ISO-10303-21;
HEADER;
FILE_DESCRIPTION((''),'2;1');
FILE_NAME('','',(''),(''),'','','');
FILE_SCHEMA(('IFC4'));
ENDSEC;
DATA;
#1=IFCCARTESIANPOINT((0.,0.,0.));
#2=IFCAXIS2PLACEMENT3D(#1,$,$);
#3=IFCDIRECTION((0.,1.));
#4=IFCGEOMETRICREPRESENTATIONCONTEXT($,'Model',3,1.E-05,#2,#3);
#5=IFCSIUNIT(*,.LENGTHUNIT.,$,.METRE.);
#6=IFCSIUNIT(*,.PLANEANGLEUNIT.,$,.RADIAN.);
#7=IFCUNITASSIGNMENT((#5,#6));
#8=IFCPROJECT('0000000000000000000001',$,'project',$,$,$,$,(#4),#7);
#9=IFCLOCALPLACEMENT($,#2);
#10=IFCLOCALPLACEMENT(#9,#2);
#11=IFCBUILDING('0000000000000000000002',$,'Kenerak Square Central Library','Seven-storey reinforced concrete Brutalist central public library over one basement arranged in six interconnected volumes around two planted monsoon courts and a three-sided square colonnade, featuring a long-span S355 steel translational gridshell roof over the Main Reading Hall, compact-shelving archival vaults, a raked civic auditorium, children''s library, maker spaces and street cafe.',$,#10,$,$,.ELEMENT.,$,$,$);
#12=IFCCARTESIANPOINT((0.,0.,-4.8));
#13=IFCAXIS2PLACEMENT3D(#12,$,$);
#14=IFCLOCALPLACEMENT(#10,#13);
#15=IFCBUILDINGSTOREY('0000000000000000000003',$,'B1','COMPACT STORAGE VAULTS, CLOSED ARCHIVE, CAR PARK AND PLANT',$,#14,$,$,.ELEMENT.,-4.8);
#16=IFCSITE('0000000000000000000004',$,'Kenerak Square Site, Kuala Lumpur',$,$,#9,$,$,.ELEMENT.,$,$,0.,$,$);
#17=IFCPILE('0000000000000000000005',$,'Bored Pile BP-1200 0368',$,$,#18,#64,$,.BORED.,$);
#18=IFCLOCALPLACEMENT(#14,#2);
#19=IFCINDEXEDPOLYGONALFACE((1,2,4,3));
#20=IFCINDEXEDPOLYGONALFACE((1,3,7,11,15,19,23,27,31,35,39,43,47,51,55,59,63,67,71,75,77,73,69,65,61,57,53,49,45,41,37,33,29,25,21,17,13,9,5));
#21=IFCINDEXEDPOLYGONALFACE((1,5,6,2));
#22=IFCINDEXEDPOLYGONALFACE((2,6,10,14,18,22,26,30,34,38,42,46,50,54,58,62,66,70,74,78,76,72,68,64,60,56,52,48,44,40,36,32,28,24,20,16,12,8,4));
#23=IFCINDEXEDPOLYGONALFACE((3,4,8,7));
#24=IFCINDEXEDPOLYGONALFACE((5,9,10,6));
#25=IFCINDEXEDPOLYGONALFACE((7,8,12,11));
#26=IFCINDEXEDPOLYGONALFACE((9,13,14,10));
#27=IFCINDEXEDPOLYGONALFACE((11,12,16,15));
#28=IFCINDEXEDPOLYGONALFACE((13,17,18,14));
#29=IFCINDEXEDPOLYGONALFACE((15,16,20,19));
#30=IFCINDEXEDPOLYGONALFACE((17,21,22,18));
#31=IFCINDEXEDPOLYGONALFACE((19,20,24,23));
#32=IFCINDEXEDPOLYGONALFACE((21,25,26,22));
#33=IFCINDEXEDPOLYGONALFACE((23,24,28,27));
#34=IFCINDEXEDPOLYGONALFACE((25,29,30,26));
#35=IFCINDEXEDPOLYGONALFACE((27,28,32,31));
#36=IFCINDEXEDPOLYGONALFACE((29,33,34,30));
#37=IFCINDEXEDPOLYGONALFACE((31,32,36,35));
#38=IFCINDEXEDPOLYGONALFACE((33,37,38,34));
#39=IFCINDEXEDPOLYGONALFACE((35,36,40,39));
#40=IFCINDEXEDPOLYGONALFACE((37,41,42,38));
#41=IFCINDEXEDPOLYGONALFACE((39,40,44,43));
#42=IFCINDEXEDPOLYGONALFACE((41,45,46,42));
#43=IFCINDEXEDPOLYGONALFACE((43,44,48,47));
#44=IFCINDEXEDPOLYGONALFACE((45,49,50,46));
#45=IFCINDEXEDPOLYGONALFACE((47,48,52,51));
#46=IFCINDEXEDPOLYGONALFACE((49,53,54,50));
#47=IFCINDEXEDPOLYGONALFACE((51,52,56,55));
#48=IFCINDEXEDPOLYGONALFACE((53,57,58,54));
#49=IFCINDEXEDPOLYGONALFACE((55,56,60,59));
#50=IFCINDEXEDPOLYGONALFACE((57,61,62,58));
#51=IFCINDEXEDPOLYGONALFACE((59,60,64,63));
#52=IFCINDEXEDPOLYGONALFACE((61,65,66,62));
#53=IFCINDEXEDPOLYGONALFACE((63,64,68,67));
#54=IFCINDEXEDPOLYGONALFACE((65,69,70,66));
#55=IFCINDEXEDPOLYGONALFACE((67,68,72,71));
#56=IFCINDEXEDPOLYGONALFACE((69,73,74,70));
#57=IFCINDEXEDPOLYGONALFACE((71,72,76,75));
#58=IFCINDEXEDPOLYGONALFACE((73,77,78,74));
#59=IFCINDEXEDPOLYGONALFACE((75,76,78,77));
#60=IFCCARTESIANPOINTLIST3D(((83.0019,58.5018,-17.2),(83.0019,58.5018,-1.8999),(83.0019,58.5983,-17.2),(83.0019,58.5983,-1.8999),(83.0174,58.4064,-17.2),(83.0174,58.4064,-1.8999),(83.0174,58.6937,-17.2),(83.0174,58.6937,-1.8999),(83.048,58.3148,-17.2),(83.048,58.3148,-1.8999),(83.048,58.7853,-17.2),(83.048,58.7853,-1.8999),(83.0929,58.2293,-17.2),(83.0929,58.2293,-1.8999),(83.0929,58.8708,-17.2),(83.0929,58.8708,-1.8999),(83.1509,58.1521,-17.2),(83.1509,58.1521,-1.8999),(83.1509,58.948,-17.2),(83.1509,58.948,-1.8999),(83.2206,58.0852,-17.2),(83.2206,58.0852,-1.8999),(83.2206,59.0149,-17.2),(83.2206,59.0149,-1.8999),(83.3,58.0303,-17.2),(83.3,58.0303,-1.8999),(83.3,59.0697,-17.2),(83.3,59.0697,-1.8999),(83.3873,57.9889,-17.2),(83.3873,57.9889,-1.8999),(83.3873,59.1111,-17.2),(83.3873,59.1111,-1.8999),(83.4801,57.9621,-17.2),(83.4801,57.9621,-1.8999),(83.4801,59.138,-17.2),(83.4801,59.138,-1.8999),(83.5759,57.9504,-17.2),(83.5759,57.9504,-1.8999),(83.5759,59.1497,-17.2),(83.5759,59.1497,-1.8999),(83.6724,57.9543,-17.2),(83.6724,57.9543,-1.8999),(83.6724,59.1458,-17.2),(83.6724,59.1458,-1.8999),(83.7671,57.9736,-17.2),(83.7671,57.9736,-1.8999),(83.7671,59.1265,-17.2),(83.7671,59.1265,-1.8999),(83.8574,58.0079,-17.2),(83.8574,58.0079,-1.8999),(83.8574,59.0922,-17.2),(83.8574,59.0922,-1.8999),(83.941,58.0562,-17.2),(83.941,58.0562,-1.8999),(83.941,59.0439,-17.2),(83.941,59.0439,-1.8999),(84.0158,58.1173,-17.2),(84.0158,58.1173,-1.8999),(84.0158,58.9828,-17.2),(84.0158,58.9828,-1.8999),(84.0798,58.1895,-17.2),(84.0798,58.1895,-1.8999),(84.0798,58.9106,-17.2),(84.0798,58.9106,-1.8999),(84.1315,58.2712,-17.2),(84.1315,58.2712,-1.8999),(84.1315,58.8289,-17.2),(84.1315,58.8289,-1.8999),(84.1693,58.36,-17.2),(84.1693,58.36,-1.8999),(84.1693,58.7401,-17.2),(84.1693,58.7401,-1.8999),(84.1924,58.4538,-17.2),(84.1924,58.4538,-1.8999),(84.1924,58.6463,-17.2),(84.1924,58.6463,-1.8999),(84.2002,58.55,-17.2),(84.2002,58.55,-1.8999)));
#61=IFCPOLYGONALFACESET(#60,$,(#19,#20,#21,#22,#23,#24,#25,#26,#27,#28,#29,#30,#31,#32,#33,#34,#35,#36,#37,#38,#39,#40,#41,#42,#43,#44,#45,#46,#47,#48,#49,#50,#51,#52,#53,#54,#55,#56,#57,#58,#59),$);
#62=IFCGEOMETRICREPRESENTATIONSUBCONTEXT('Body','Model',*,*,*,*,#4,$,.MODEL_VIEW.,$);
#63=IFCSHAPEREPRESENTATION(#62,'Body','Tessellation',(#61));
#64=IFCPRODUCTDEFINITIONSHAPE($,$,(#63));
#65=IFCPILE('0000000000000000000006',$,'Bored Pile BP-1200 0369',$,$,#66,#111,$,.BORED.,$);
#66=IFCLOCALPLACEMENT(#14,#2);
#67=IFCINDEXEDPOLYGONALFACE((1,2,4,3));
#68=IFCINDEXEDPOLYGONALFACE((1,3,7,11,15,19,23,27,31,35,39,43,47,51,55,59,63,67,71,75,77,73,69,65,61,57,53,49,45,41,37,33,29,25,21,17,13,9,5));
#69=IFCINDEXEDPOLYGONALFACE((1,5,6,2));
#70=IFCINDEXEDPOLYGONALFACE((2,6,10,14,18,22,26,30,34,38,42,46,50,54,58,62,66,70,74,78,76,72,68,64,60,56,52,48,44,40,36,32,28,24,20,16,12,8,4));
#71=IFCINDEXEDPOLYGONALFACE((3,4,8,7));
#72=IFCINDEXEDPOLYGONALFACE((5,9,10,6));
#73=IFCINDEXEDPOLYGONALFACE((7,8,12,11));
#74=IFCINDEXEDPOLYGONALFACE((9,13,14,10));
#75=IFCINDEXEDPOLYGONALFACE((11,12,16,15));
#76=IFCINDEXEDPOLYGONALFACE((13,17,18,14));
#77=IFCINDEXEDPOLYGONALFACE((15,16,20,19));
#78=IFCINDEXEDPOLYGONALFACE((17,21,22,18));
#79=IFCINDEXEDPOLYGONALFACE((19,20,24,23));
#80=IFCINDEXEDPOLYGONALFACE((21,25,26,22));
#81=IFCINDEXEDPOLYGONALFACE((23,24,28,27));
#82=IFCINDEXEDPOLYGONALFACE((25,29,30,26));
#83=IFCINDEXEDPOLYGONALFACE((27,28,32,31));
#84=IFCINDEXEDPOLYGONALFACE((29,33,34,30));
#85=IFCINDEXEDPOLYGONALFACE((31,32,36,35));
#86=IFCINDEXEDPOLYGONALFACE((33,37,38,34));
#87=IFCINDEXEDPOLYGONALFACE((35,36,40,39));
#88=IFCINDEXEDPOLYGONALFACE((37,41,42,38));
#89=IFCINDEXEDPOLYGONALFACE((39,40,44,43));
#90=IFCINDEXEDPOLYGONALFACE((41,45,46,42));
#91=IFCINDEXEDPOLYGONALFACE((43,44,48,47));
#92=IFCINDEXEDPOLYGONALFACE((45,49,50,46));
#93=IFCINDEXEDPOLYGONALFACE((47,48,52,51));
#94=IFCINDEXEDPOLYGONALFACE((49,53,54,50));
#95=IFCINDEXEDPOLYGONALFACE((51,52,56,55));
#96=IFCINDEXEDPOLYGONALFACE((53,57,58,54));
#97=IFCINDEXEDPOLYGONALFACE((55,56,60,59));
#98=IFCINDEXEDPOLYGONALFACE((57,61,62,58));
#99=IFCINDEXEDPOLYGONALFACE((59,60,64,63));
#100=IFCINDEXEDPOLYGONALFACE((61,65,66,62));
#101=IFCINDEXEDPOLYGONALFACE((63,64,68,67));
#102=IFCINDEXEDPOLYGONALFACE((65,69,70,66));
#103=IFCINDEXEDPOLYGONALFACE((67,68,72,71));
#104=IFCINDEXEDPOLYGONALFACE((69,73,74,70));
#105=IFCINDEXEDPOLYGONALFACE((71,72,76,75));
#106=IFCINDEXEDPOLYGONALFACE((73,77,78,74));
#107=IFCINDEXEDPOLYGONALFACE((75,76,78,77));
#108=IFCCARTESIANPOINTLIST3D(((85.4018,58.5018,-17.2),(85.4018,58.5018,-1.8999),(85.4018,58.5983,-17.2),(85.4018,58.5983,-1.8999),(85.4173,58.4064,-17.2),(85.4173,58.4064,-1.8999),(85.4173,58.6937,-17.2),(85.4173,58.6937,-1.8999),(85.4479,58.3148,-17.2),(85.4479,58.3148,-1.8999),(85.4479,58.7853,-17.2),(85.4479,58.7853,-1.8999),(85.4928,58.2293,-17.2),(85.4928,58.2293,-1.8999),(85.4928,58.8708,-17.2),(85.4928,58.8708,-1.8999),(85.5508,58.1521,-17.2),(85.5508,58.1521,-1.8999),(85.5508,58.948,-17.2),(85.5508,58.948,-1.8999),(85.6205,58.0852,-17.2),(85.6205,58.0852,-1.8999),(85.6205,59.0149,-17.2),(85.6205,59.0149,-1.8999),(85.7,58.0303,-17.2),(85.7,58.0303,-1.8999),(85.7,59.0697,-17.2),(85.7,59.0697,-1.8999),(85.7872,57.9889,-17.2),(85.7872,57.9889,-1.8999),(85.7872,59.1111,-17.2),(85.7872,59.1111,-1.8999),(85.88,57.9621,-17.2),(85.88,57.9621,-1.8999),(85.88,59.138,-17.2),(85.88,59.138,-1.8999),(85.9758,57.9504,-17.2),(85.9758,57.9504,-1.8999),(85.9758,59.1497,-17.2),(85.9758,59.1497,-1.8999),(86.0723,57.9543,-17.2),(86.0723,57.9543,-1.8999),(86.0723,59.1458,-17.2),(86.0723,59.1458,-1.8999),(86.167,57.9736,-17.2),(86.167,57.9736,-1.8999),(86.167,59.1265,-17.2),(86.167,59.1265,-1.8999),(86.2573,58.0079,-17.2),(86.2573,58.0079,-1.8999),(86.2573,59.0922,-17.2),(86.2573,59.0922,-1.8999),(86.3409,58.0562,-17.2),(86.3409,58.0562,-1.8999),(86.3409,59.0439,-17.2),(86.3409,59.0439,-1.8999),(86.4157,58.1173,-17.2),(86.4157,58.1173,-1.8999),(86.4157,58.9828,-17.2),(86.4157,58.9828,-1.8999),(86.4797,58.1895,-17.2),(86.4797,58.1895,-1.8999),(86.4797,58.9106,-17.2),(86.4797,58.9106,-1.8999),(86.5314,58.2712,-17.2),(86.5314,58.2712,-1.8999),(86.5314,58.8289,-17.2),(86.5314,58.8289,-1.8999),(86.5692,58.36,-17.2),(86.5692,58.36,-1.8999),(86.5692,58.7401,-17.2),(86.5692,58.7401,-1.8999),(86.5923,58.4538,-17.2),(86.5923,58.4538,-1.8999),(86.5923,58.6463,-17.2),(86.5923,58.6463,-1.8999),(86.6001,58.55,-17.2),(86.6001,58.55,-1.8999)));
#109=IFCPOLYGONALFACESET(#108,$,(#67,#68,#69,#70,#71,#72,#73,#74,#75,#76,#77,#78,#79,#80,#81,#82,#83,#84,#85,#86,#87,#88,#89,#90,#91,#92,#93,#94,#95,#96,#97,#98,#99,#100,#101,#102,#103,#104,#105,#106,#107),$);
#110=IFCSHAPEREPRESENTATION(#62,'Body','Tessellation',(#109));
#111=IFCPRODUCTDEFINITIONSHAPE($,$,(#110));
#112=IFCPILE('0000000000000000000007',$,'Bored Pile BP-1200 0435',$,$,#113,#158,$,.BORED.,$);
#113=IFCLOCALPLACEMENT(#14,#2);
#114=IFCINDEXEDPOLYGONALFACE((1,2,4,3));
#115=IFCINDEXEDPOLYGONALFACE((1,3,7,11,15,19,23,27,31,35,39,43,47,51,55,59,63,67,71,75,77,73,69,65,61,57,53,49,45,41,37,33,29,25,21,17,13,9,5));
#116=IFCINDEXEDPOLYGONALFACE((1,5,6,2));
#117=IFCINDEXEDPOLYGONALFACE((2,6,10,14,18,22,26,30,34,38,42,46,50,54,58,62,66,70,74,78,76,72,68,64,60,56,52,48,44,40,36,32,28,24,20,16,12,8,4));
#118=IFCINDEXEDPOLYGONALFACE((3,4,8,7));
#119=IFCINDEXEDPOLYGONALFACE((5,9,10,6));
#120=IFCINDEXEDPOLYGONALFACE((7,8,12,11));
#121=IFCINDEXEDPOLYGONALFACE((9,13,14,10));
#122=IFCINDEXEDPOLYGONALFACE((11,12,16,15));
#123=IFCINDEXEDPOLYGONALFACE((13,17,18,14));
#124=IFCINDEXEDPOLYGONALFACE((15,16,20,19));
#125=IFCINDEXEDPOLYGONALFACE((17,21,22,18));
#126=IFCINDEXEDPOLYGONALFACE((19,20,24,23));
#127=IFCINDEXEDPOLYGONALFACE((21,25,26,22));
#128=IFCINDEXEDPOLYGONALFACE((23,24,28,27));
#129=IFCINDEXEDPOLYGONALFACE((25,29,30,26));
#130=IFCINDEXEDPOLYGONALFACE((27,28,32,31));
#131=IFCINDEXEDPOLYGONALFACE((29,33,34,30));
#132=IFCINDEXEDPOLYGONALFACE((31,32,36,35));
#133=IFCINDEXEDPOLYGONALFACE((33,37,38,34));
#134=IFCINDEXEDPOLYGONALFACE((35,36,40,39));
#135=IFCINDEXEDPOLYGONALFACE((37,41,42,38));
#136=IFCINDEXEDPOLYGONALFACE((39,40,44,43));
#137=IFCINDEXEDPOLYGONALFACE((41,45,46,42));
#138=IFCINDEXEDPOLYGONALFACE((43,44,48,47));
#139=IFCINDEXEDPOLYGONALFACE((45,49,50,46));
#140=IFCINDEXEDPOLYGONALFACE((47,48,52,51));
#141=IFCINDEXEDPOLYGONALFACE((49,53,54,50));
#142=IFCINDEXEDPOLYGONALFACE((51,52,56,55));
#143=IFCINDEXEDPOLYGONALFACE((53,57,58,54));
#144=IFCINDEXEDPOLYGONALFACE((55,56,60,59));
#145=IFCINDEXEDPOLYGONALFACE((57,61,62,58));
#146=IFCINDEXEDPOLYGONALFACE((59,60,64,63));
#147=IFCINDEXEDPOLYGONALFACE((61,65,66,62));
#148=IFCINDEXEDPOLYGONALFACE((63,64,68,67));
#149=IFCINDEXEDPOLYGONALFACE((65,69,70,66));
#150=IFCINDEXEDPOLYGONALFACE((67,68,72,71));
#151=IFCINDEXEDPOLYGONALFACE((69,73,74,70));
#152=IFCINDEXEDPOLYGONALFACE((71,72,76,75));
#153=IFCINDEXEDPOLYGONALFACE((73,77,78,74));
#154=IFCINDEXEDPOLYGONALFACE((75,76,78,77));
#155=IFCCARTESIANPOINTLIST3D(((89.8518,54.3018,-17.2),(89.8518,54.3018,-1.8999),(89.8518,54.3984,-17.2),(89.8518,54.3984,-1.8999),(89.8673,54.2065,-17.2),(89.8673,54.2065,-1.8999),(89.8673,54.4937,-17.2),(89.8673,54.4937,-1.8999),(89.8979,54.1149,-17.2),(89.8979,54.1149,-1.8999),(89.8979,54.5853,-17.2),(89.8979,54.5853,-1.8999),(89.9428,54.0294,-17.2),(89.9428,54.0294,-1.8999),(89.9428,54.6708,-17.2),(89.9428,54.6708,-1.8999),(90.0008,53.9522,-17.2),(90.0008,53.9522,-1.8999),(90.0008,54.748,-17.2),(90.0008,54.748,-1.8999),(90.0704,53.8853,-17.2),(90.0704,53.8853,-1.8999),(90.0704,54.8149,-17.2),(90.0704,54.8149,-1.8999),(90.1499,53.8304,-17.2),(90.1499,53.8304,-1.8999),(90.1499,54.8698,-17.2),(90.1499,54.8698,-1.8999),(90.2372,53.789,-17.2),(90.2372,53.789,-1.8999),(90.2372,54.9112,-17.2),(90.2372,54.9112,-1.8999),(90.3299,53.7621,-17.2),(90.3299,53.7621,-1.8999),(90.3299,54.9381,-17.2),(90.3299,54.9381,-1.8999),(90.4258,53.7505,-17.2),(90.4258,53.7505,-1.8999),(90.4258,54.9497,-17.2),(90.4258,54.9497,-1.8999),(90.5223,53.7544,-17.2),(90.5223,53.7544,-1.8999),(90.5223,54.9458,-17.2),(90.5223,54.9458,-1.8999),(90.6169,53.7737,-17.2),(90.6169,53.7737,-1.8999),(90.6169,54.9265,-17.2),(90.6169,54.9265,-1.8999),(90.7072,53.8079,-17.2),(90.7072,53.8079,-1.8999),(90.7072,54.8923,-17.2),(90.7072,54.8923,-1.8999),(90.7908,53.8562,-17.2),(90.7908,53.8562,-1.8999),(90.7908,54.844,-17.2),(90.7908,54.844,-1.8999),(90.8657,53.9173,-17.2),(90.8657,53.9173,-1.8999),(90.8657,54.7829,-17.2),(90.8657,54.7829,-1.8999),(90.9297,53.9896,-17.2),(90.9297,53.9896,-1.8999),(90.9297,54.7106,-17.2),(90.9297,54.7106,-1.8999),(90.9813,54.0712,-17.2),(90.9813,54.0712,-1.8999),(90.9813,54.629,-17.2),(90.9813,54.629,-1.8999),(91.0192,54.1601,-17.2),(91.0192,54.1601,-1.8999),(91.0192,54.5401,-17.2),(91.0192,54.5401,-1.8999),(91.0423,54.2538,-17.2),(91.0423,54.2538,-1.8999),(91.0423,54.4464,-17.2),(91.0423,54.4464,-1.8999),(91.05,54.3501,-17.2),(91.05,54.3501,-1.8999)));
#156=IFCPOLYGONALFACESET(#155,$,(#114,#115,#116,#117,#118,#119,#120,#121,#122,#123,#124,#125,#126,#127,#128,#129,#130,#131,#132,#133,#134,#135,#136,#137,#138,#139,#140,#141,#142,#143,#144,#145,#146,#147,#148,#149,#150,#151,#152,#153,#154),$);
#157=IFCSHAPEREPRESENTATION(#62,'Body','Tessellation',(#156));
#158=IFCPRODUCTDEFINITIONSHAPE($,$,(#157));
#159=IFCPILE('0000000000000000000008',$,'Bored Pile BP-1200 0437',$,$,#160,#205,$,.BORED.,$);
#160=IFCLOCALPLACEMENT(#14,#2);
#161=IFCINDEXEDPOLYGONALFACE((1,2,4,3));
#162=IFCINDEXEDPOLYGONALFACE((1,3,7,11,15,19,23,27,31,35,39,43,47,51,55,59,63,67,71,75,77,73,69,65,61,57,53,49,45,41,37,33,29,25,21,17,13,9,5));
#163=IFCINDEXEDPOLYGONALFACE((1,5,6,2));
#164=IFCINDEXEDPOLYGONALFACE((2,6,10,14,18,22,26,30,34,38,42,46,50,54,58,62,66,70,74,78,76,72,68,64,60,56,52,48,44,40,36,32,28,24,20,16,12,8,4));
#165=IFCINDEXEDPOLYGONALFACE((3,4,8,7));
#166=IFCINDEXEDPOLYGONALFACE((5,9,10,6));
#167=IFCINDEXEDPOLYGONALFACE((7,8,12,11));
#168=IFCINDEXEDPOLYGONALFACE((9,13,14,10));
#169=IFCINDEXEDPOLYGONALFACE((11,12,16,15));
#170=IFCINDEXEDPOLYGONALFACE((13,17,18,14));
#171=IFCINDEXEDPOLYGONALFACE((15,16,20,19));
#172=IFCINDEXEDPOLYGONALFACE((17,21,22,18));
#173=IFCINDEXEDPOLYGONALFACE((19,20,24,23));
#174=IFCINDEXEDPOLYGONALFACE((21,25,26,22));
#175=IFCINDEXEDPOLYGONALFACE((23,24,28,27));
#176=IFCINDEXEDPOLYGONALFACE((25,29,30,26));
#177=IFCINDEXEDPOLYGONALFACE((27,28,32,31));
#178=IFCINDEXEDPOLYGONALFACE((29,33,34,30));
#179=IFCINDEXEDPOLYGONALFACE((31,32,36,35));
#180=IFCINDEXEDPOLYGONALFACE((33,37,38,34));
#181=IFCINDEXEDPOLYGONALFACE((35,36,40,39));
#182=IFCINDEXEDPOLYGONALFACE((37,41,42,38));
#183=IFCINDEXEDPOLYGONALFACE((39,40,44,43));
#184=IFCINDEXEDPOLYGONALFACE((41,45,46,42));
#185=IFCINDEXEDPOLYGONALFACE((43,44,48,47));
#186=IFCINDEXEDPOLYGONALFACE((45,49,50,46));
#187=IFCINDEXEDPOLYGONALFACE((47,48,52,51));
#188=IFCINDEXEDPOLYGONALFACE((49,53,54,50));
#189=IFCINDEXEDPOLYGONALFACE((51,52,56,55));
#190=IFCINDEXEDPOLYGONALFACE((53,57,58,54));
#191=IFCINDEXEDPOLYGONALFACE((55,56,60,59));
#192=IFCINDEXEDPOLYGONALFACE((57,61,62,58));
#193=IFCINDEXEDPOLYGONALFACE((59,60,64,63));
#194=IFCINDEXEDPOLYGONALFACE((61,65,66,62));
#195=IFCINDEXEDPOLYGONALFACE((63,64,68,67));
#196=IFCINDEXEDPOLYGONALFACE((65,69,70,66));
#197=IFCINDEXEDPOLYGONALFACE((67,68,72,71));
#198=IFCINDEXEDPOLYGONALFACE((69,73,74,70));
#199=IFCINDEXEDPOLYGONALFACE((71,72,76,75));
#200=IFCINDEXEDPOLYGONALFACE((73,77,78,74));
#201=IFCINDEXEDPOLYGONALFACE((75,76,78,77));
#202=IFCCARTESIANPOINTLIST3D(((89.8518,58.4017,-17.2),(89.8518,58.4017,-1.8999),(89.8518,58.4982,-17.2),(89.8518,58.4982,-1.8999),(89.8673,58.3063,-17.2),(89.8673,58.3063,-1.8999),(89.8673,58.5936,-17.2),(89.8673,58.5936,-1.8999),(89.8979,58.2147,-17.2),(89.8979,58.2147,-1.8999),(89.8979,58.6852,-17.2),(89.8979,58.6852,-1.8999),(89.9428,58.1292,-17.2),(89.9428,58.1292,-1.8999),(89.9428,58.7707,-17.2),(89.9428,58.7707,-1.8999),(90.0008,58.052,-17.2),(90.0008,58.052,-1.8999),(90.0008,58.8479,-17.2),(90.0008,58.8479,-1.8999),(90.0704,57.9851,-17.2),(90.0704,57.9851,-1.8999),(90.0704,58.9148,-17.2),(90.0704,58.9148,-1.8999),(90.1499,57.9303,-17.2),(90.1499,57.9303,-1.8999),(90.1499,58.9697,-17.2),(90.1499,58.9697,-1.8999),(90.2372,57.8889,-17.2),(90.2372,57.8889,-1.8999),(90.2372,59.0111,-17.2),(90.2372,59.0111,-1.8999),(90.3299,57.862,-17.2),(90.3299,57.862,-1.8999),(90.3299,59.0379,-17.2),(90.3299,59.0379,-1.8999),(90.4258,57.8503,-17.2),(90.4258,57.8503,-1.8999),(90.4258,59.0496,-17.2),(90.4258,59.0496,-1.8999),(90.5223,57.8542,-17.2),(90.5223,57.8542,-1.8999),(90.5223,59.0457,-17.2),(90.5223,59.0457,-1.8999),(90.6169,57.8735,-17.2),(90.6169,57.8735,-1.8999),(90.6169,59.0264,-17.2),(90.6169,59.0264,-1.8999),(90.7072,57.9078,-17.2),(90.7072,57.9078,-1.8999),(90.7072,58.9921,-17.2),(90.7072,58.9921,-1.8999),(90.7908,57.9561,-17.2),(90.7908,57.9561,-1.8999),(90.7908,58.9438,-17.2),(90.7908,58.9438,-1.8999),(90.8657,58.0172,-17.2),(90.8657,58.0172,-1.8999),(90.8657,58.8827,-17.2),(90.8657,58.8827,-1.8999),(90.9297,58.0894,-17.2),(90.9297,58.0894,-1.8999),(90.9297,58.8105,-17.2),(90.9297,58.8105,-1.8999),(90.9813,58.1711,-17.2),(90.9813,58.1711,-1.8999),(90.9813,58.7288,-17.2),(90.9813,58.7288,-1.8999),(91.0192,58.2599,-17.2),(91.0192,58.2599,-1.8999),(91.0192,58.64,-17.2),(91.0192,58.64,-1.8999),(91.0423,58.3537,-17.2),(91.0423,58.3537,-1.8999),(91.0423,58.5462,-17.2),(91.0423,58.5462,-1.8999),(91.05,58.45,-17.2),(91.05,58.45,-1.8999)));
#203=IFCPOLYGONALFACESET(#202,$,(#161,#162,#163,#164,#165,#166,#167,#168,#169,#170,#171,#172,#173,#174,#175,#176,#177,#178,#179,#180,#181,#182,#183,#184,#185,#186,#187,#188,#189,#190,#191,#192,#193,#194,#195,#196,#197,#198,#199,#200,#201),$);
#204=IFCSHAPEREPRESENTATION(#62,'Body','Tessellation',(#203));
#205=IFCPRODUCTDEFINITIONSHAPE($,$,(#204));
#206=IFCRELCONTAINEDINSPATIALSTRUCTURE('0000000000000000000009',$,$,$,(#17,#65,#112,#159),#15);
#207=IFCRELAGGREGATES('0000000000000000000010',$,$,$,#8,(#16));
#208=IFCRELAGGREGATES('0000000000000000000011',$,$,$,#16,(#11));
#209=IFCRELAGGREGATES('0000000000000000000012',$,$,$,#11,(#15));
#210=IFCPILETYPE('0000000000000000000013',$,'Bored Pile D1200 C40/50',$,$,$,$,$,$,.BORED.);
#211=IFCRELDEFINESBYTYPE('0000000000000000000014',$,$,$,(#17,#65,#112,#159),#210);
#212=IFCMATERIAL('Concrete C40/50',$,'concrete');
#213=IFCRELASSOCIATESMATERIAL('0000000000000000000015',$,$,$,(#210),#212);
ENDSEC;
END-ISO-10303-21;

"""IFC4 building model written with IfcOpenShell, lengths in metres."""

from ifc_helpers import new_model, si_unit, direction, frame, origin, origin_2d, place, context, subcontext, project, spatial, circle, extrude, material, material_profile, profile_set, type_object, element, save


model = new_model("IFC4")

# Units and contexts
model_context = context("Model", 3, precision=1e-05, world=origin(), true_north=direction((0.0, 1.0)))
body_context = subcontext(model_context, "Body", "Model", "MODEL_VIEW")
ifc_project = project(units=[si_unit("LENGTHUNIT", "METRE"), si_unit("PLANEANGLEUNIT", "RADIAN")], contexts=[model_context])

# Site, building, storey
site_placement = place(None, origin())
site = spatial("IfcSite", under=ifc_project, at=site_placement, Name="Kenerak Square Site, Kuala Lumpur", CompositionType="ELEMENT", RefElevation=0.0)
building_placement = place(site_placement, origin())
building = spatial("IfcBuilding", under=site, at=building_placement, Name="Kenerak Square Central Library", Description="Seven-storey reinforced concrete Brutalist central public library over one basement arranged in six interconnected volumes around two planted monsoon courts and a three-sided square colonnade, featuring a long-span S355 steel translational gridshell roof over the Main Reading Hall, compact-shelving archival vaults, a raked civic auditorium, children's library, maker spaces and street cafe.", CompositionType="ELEMENT")
storey_placement = place(building_placement, frame((0.0, 0.0, -4.8)))
storey = spatial("IfcBuildingStorey", under=building, at=storey_placement, Name="B1", Description="COMPACT STORAGE VAULTS, CLOSED ARCHIVE, CAR PARK AND PLANT", CompositionType="ELEMENT", Elevation=-4.8)

# Piles
ifc_material_1 = material(Name="Concrete C40/50", Category="concrete")
ifc_material_profile_1 = material_profile(ifc_material_1, circle(Radius=0.6001, at=origin_2d()), Name="BP D1200")
ifc_profile_set_1 = profile_set([ifc_material_profile_1], Name="Concrete C40/50")
pile_type = type_object("IfcPileType", Name="Bored Pile D1200 C40/50", PredefinedType="BORED", material=ifc_profile_set_1)
for number, where, z_axis, x_axis, name in (
    (1, (83.6001, 58.55, -1.8999), (0.0, 0.0, -1.0), (1.0, 0.0, 0.0), "Bored Pile BP-1200 0368"),
    (2, (86.0, 58.55, -1.8999), (0.0, 0.0, -1.0), (1.0, 0.0, 0.0), "Bored Pile BP-1200 0369"),
    (3, (90.45, 54.3501, -1.8999), (0.0, 0.0, -1.0), (1.0, 0.0, 0.0), "Bored Pile BP-1200 0435"),
    (4, (90.45, 58.45, -1.8999), (0.0, 0.0, -1.0), (1.0, 0.0, 0.0), "Bored Pile BP-1200 0437"),
):
    element("IfcPile", number, at=place(storey_placement, frame(where, z_axis=z_axis, x_axis=x_axis)), inside=storey, type_object=pile_type, Name=name, PredefinedType="BORED", context=body_context, shape_type="SweptSolid", body=[
        extrude(circle(Radius=0.6001, at=origin_2d()), origin(), (0.0, 0.0, 1.0), 15.3),
    ])

save(model, "model.ifc")
